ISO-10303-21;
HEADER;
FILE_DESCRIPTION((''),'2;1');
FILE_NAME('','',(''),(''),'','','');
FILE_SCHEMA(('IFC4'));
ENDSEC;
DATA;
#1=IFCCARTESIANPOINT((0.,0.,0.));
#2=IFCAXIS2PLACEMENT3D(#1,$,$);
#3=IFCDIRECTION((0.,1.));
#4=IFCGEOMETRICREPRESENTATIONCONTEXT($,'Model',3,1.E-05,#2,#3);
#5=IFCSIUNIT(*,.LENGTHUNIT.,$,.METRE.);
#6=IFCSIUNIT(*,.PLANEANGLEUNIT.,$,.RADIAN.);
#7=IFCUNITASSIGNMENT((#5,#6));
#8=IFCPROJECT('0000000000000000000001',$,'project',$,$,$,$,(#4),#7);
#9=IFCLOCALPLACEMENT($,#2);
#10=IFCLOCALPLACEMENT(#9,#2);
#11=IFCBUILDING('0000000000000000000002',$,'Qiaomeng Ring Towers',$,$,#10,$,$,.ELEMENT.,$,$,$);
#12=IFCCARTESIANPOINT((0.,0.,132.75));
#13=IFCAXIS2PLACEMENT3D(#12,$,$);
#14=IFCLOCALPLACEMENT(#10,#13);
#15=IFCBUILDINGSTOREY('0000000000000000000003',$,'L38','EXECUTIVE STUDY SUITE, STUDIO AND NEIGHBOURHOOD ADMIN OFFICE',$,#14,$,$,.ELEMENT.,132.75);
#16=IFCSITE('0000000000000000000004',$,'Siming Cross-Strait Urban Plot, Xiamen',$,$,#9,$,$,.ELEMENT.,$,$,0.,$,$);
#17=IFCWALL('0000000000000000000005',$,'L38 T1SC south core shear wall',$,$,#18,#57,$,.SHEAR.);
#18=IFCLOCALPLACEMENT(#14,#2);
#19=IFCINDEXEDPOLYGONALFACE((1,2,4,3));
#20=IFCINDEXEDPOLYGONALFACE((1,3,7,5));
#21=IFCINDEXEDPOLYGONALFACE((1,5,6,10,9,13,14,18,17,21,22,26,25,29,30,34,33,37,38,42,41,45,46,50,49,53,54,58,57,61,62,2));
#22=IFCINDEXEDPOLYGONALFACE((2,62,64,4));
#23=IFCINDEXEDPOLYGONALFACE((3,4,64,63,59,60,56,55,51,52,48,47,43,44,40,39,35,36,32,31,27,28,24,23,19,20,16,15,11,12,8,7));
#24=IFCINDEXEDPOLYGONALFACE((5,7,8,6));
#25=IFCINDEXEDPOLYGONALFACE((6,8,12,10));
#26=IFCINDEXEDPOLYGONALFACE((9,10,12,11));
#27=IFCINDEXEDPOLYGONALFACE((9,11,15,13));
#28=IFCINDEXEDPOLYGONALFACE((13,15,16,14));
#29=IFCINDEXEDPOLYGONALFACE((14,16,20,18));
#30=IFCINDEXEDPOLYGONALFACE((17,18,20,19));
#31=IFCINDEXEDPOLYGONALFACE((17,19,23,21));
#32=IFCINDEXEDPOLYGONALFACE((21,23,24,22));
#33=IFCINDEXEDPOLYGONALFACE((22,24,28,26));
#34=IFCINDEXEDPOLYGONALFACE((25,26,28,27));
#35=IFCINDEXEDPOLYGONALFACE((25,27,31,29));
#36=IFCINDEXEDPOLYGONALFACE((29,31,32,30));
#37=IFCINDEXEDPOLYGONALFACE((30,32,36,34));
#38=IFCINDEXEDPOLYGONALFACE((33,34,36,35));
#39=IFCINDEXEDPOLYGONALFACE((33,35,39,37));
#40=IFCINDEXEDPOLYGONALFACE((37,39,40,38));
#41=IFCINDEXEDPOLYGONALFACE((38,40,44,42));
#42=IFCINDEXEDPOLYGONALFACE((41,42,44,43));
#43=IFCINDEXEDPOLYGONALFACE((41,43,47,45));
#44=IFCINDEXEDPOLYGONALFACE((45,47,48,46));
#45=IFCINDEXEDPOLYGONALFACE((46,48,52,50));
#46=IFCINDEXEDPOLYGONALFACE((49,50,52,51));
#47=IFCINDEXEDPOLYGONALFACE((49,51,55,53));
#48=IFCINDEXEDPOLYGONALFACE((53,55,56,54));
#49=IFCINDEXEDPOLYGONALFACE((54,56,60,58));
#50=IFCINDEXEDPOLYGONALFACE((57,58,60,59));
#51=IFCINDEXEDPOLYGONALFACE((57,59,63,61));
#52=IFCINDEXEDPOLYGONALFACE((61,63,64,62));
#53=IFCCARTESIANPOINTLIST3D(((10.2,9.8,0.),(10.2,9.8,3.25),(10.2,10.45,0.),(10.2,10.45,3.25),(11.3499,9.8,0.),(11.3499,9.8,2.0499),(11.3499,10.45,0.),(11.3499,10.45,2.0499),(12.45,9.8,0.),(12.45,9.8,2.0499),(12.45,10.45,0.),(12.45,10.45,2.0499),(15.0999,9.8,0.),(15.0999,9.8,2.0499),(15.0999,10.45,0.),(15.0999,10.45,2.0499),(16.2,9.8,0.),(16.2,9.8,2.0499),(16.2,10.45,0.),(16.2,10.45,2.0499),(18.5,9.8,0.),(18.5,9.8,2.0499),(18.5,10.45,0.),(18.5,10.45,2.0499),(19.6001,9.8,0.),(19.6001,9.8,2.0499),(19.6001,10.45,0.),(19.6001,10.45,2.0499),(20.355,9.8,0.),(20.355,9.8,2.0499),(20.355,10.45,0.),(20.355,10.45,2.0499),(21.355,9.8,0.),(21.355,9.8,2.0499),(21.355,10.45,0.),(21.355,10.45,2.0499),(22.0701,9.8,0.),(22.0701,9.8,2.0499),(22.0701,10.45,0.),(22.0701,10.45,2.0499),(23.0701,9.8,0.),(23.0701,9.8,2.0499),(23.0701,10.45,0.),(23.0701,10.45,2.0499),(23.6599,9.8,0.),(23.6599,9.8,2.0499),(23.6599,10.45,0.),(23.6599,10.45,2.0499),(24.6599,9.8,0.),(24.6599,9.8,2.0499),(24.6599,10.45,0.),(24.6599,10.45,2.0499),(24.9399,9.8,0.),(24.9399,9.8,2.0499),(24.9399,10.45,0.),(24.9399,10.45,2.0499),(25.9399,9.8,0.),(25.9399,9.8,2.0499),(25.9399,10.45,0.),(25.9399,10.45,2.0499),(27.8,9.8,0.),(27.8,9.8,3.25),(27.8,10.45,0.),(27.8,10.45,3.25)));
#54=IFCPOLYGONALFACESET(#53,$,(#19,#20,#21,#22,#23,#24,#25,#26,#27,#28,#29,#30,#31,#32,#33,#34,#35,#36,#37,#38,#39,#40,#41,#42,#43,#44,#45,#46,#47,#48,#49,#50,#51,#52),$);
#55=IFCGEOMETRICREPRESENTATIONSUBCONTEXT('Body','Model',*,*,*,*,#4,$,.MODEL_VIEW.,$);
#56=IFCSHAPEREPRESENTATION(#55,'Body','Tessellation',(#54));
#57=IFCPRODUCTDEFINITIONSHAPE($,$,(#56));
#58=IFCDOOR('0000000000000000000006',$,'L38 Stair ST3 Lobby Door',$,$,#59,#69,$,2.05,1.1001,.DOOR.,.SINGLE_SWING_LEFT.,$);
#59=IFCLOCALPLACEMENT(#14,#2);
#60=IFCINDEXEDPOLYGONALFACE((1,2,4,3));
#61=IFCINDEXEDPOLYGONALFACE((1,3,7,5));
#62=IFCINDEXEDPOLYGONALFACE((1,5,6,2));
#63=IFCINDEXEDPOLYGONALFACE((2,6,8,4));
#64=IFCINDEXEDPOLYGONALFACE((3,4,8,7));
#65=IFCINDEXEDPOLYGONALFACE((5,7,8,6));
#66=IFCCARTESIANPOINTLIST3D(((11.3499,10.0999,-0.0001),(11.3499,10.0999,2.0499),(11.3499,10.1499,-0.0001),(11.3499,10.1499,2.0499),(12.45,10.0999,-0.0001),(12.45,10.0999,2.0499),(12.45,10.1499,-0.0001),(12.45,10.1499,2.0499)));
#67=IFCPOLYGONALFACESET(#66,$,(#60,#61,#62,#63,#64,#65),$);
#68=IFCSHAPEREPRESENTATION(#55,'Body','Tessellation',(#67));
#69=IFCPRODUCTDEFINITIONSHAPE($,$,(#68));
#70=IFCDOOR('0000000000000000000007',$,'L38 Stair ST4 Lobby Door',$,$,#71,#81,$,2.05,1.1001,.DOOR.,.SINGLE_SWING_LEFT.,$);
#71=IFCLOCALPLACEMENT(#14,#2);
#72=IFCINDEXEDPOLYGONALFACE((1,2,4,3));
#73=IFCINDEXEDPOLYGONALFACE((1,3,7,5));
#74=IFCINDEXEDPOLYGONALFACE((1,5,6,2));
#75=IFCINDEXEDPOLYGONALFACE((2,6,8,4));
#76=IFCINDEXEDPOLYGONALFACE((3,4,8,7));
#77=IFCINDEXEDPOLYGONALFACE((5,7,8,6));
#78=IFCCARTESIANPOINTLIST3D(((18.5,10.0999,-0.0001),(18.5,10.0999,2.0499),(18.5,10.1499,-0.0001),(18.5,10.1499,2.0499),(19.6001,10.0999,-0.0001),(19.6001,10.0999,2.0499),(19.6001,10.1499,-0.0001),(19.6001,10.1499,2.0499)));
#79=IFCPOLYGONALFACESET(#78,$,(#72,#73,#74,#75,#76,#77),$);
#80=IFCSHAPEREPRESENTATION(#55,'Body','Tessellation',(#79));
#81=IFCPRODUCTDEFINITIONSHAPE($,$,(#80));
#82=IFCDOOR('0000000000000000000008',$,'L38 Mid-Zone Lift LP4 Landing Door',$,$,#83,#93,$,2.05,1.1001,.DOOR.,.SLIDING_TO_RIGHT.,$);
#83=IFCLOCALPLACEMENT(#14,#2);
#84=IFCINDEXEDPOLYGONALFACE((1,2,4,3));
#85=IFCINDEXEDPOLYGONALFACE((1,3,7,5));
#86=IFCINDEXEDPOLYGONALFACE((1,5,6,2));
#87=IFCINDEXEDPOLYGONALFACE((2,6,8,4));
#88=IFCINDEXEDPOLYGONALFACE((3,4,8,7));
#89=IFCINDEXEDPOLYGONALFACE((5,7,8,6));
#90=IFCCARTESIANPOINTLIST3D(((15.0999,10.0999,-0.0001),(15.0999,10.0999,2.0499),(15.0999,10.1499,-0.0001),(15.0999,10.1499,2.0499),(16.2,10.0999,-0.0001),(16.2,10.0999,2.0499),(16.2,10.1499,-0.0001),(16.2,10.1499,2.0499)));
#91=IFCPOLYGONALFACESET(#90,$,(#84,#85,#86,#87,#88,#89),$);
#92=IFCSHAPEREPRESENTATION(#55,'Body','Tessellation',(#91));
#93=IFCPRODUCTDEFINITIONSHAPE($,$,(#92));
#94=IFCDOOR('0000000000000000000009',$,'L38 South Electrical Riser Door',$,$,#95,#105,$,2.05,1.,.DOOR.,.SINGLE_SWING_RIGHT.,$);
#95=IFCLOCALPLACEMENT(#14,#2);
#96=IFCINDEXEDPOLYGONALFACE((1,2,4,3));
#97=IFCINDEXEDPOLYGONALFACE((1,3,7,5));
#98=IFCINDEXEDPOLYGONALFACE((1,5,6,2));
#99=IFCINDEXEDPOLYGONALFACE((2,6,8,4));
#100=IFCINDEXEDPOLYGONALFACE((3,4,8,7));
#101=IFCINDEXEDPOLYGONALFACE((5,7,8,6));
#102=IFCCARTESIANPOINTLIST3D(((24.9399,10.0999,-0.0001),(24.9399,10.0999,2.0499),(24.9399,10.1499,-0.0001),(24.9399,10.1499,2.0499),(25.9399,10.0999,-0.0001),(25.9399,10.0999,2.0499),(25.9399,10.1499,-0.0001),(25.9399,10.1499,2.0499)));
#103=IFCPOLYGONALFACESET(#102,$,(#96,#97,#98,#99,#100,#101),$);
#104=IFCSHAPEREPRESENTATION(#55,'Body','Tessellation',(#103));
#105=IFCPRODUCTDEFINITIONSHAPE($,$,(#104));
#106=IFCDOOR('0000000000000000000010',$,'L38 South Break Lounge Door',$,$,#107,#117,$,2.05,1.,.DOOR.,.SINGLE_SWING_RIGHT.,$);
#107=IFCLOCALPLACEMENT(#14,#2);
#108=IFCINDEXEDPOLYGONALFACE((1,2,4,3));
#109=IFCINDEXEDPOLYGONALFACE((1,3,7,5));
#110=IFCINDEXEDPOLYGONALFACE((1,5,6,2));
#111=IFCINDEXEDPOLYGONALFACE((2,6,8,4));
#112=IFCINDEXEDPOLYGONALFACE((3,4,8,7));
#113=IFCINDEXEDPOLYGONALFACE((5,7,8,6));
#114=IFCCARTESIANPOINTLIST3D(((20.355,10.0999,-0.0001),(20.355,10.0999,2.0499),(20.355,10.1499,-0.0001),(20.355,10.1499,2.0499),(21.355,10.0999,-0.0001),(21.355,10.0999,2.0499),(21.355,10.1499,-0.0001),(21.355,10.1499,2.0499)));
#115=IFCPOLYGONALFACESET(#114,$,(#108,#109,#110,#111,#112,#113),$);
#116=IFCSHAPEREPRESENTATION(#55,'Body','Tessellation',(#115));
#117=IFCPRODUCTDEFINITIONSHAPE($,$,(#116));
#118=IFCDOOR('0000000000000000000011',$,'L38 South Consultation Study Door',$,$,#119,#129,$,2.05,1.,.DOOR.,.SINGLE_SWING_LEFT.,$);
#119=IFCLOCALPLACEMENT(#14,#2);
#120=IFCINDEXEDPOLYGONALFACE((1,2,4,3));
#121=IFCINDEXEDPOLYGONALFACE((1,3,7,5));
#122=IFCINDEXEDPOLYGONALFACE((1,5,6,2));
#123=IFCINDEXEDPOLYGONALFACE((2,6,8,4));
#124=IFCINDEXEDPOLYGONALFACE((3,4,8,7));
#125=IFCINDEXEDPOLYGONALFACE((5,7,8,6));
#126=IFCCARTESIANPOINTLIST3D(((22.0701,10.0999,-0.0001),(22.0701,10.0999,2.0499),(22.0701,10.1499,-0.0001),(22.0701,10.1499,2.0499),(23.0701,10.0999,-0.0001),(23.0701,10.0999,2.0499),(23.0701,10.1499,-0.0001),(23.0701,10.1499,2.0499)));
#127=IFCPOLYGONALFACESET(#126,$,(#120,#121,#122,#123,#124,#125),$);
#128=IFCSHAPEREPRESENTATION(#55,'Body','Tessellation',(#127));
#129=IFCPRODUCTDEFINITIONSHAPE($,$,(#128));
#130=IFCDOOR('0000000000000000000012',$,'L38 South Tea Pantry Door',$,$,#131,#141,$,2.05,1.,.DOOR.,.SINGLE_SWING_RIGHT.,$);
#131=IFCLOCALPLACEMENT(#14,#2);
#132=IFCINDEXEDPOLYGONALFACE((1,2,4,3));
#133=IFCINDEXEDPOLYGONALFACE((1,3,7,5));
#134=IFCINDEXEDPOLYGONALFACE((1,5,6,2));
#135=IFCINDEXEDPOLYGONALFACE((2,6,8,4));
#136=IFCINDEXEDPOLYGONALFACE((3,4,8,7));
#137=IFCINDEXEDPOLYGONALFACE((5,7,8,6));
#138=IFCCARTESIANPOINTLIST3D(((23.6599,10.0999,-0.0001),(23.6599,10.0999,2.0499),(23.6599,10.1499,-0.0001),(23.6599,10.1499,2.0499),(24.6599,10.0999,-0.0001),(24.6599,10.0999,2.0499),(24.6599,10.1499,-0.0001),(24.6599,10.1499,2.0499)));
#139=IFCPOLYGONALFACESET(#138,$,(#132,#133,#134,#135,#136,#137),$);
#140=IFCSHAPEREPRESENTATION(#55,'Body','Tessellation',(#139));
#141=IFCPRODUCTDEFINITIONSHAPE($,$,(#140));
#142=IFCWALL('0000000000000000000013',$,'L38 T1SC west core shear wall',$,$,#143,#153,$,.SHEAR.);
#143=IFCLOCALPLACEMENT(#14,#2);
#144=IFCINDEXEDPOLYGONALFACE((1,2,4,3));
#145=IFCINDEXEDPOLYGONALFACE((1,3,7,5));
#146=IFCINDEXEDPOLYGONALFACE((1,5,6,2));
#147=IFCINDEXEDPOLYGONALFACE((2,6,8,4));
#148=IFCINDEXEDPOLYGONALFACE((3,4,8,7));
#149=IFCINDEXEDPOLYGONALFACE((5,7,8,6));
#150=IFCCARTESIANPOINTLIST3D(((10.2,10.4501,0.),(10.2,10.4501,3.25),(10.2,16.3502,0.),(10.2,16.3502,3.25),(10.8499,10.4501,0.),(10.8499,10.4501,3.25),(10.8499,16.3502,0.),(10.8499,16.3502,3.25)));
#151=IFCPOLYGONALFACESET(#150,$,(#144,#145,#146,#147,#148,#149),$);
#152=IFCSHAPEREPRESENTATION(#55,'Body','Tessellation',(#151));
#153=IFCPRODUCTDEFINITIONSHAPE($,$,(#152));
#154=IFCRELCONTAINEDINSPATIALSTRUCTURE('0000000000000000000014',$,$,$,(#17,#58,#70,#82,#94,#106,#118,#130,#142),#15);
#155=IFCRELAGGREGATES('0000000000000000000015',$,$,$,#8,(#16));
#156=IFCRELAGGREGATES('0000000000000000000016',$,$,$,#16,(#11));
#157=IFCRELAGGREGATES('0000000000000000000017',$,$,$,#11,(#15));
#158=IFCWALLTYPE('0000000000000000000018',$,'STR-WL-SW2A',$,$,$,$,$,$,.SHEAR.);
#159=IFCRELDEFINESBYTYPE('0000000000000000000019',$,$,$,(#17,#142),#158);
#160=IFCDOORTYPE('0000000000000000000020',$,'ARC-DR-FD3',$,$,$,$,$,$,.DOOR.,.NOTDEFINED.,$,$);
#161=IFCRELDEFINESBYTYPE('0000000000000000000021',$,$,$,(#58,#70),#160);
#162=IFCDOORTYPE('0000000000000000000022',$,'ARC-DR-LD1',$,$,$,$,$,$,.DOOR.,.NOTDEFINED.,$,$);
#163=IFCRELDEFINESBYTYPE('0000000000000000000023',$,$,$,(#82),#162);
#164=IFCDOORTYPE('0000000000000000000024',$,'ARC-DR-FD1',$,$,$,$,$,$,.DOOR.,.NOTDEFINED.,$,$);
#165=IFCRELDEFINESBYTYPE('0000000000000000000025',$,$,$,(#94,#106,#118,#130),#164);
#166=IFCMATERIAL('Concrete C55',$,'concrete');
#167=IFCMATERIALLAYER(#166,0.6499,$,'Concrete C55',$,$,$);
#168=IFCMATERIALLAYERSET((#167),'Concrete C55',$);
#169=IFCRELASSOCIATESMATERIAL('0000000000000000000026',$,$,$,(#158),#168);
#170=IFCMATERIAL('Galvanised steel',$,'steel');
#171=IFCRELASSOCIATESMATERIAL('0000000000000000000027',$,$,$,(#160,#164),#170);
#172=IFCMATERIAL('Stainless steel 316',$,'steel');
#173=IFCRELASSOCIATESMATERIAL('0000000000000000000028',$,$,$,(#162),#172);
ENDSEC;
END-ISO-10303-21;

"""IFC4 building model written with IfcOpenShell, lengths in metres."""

from ifc_helpers import new_model, si_unit, direction, frame, frame_2d, origin, place, context, subcontext, project, spatial, rectangle, extrude, source, transform, mapped, material, layer, layer_set, type_object, element, fill, save


model = new_model("IFC4")

# Units and contexts
model_context = context("Model", 3, precision=1e-05, world=origin(), true_north=direction((0.0, 1.0)))
body_context = subcontext(model_context, "Body", "Model", "MODEL_VIEW")
ifc_project = project(units=[si_unit("LENGTHUNIT", "METRE"), si_unit("PLANEANGLEUNIT", "RADIAN")], contexts=[model_context])

# Site, building, storey
site_placement = place(None, origin())
site = spatial("IfcSite", under=ifc_project, at=site_placement, Name="Siming Cross-Strait Urban Plot, Xiamen", CompositionType="ELEMENT", RefElevation=0.0)
building_placement = place(site_placement, origin())
building = spatial("IfcBuilding", under=site, at=building_placement, Name="Qiaomeng Ring Towers", CompositionType="ELEMENT")
storey_placement = place(building_placement, frame((0.0, 0.0, 132.75)))
storey = spatial("IfcBuildingStorey", under=building, at=storey_placement, Name="L38", Description="EXECUTIVE STUDY SUITE, STUDIO AND NEIGHBOURHOOD ADMIN OFFICE", CompositionType="ELEMENT", Elevation=132.75)

# Shared definitions
shared_shape_1 = source(origin(), body_context, "Body", "SweptSolid", [
    extrude(rectangle(XDim=1.0, YDim=2.05, at=frame_2d((0.5, 1.0249))), frame((0.0, 0.0249, 0.0), z_axis=(0.0, -1.0, 0.0), x_axis=(1.0, 0.0, 0.0)), (0.0, 0.0, 1.0), 0.05),
])

# Wall, openings, doors
ifc_material_1 = material(Name="Concrete C55", Category="concrete")
ifc_layer_1 = layer(ifc_material_1, 0.6499, Name="Concrete C55")
ifc_layer_set_1 = layer_set([ifc_layer_1], Name="Concrete C55")
wall_type_1 = type_object("IfcWallType", Name="STR-WL-SW2A", PredefinedType="SHEAR", material=ifc_layer_set_1)
wall_1_placement = place(storey_placement, frame((10.2, 10.125, 0.0), z_axis=(0.0, 0.0, 1.0), x_axis=(1.0, 0.0, 0.0)))
wall_1 = element("IfcWall", 1, at=wall_1_placement, inside=storey, type_object=wall_type_1, Name="L38 T1SC south core shear wall", PredefinedType="SHEAR", context=body_context, shape_type="SweptSolid", body=[
    extrude(rectangle(XDim=17.6001, YDim=0.6499, at=frame_2d((8.8, 0.0))), origin(), (0.0, 0.0, 1.0), 3.25),
])
opening_1_placement = place(wall_1_placement, frame((1.1499, 0.0, 0.0)))
opening_1 = element("IfcOpeningElement", 2, at=opening_1_placement, cuts=wall_1, PredefinedType="OPENING", context=body_context, shape_type="SweptSolid", body=[
    extrude(rectangle(XDim=1.1001, YDim=2.05, at=frame_2d((0.55, 1.0249))), frame((0.0, 0.335, 0.0), z_axis=(0.0, -1.0, 0.0), x_axis=(1.0, 0.0, 0.0)), (0.0, 0.0, 1.0), 0.6699),
])
opening_2_placement = place(wall_1_placement, frame((8.3, 0.0, 0.0)))
opening_2 = element("IfcOpeningElement", 3, at=opening_2_placement, cuts=wall_1, PredefinedType="OPENING", context=body_context, shape_type="SweptSolid", body=[
    extrude(rectangle(XDim=1.1001, YDim=2.05, at=frame_2d((0.55, 1.0249))), frame((0.0, 0.335, 0.0), z_axis=(0.0, -1.0, 0.0), x_axis=(1.0, 0.0, 0.0)), (0.0, 0.0, 1.0), 0.6699),
])
opening_3_placement = place(wall_1_placement, frame((4.8999, 0.0, 0.0)))
opening_3 = element("IfcOpeningElement", 4, at=opening_3_placement, cuts=wall_1, PredefinedType="OPENING", context=body_context, shape_type="SweptSolid", body=[
    extrude(rectangle(XDim=1.1001, YDim=2.05, at=frame_2d((0.55, 1.0249))), frame((0.0, 0.335, 0.0), z_axis=(0.0, -1.0, 0.0), x_axis=(1.0, 0.0, 0.0)), (0.0, 0.0, 1.0), 0.6699),
])
opening_4_placement = place(wall_1_placement, frame((14.74, 0.0, 0.0)))
opening_4 = element("IfcOpeningElement", 5, at=opening_4_placement, cuts=wall_1, PredefinedType="OPENING", context=body_context, shape_type="SweptSolid", body=[
    extrude(rectangle(XDim=1.0, YDim=2.05, at=frame_2d((0.5, 1.0249))), frame((0.0, 0.335, 0.0), z_axis=(0.0, -1.0, 0.0), x_axis=(1.0, 0.0, 0.0)), (0.0, 0.0, 1.0), 0.6699),
])
opening_5_placement = place(wall_1_placement, frame((10.155, 0.0, 0.0)))
opening_5 = element("IfcOpeningElement", 6, at=opening_5_placement, cuts=wall_1, PredefinedType="OPENING", context=body_context, shape_type="SweptSolid", body=[
    extrude(rectangle(XDim=1.0, YDim=2.05, at=frame_2d((0.5, 1.0249))), frame((0.0, 0.335, 0.0), z_axis=(0.0, -1.0, 0.0), x_axis=(1.0, 0.0, 0.0)), (0.0, 0.0, 1.0), 0.6699),
])
opening_6_placement = place(wall_1_placement, frame((11.8701, 0.0, 0.0)))
opening_6 = element("IfcOpeningElement", 7, at=opening_6_placement, cuts=wall_1, PredefinedType="OPENING", context=body_context, shape_type="SweptSolid", body=[
    extrude(rectangle(XDim=1.0, YDim=2.05, at=frame_2d((0.5, 1.0249))), frame((0.0, 0.335, 0.0), z_axis=(0.0, -1.0, 0.0), x_axis=(1.0, 0.0, 0.0)), (0.0, 0.0, 1.0), 0.6699),
])
opening_7_placement = place(wall_1_placement, frame((13.46, 0.0, 0.0)))
opening_7 = element("IfcOpeningElement", 8, at=opening_7_placement, cuts=wall_1, PredefinedType="OPENING", context=body_context, shape_type="SweptSolid", body=[
    extrude(rectangle(XDim=1.0, YDim=2.05, at=frame_2d((0.5, 1.0249))), frame((0.0, 0.335, 0.0), z_axis=(0.0, -1.0, 0.0), x_axis=(1.0, 0.0, 0.0)), (0.0, 0.0, 1.0), 0.6699),
])
ifc_material_2 = material(Name="Galvanised steel", Category="steel")
door_type_1 = type_object("IfcDoorType", Name="ARC-DR-FD3", OperationType="NOTDEFINED", PredefinedType="DOOR", material=ifc_material_2)
shared_shape_2 = source(origin(), body_context, "Body", "SweptSolid", [
    extrude(rectangle(XDim=1.1001, YDim=2.05, at=frame_2d((0.55, 1.0249))), frame((0.0, 0.0249, 0.0), z_axis=(0.0, -1.0, 0.0), x_axis=(1.0, 0.0, 0.0)), (0.0, 0.0, 1.0), 0.05),
])
door_1_placement = place(opening_1_placement, origin())
door_1 = element("IfcDoor", 9, at=door_1_placement, inside=storey, type_object=door_type_1, Name="L38 Stair ST3 Lobby Door", OperationType="SINGLE_SWING_LEFT", OverallHeight=2.05, OverallWidth=1.1001, PredefinedType="DOOR", context=body_context, shape_type="MappedRepresentation", body=[
    mapped(shared_shape_2, transform((0.0, 0.0, 0.0), x_axis=(1.0, 0.0, 0.0), y_axis=(0.0, 1.0, 0.0), z_axis=(0.0, 0.0, 1.0), scale=1.0)),
])
fill(opening_1, door_1)
door_2_placement = place(opening_2_placement, origin())
door_2 = element("IfcDoor", 10, at=door_2_placement, inside=storey, type_object=door_type_1, Name="L38 Stair ST4 Lobby Door", OperationType="SINGLE_SWING_LEFT", OverallHeight=2.05, OverallWidth=1.1001, PredefinedType="DOOR", context=body_context, shape_type="MappedRepresentation", body=[
    mapped(shared_shape_2, transform((0.0, 0.0, 0.0), x_axis=(1.0, 0.0, 0.0), y_axis=(0.0, 1.0, 0.0), z_axis=(0.0, 0.0, 1.0), scale=1.0)),
])
fill(opening_2, door_2)
ifc_material_3 = material(Name="Stainless steel 316", Category="steel")
door_type_2 = type_object("IfcDoorType", Name="ARC-DR-LD1", OperationType="NOTDEFINED", PredefinedType="DOOR", material=ifc_material_3)
door_3_placement = place(opening_3_placement, origin())
door_3 = element("IfcDoor", 11, at=door_3_placement, inside=storey, type_object=door_type_2, Name="L38 Mid-Zone Lift LP4 Landing Door", OperationType="SLIDING_TO_RIGHT", OverallHeight=2.05, OverallWidth=1.1001, PredefinedType="DOOR", context=body_context, shape_type="MappedRepresentation", body=[
    mapped(shared_shape_2, transform((0.0, 0.0, 0.0), x_axis=(1.0, 0.0, 0.0), y_axis=(0.0, 1.0, 0.0), z_axis=(0.0, 0.0, 1.0), scale=1.0)),
])
fill(opening_3, door_3)
door_type_3 = type_object("IfcDoorType", Name="ARC-DR-FD1", OperationType="NOTDEFINED", PredefinedType="DOOR", material=ifc_material_2)
door_4_placement = place(opening_4_placement, origin())
door_4 = element("IfcDoor", 12, at=door_4_placement, inside=storey, type_object=door_type_3, Name="L38 South Electrical Riser Door", OperationType="SINGLE_SWING_RIGHT", OverallHeight=2.05, OverallWidth=1.0, PredefinedType="DOOR", context=body_context, shape_type="MappedRepresentation", body=[
    mapped(shared_shape_1, transform((0.0, 0.0, 0.0), x_axis=(1.0, 0.0, 0.0), y_axis=(0.0, 1.0, 0.0), z_axis=(0.0, 0.0, 1.0), scale=1.0)),
])
fill(opening_4, door_4)
door_5_placement = place(opening_5_placement, origin())
door_5 = element("IfcDoor", 13, at=door_5_placement, inside=storey, type_object=door_type_3, Name="L38 South Break Lounge Door", OperationType="SINGLE_SWING_RIGHT", OverallHeight=2.05, OverallWidth=1.0, PredefinedType="DOOR", context=body_context, shape_type="MappedRepresentation", body=[
    mapped(shared_shape_1, transform((0.0, 0.0, 0.0), x_axis=(1.0, 0.0, 0.0), y_axis=(0.0, 1.0, 0.0), z_axis=(0.0, 0.0, 1.0), scale=1.0)),
])
fill(opening_5, door_5)
door_6_placement = place(opening_6_placement, origin())
door_6 = element("IfcDoor", 14, at=door_6_placement, inside=storey, type_object=door_type_3, Name="L38 South Consultation Study Door", OperationType="SINGLE_SWING_LEFT", OverallHeight=2.05, OverallWidth=1.0, PredefinedType="DOOR", context=body_context, shape_type="MappedRepresentation", body=[
    mapped(shared_shape_1, transform((0.0, 0.0, 0.0), x_axis=(1.0, 0.0, 0.0), y_axis=(0.0, 1.0, 0.0), z_axis=(0.0, 0.0, 1.0), scale=1.0)),
])
fill(opening_6, door_6)
door_7_placement = place(opening_7_placement, origin())
door_7 = element("IfcDoor", 15, at=door_7_placement, inside=storey, type_object=door_type_3, Name="L38 South Tea Pantry Door", OperationType="SINGLE_SWING_RIGHT", OverallHeight=2.05, OverallWidth=1.0, PredefinedType="DOOR", context=body_context, shape_type="MappedRepresentation", body=[
    mapped(shared_shape_1, transform((0.0, 0.0, 0.0), x_axis=(1.0, 0.0, 0.0), y_axis=(0.0, 1.0, 0.0), z_axis=(0.0, 0.0, 1.0), scale=1.0)),
])
fill(opening_7, door_7)

# Wall
wall_2_placement = place(storey_placement, frame((10.5249, 10.45, 0.0), z_axis=(0.0, 0.0, 1.0), x_axis=(0.0, 1.0, 0.0)))
element("IfcWall", 16, at=wall_2_placement, inside=storey, type_object=wall_type_1, Name="L38 T1SC west core shear wall", PredefinedType="SHEAR", context=body_context, shape_type="SweptSolid", body=[
    extrude(rectangle(XDim=5.9001, YDim=0.6499, at=frame_2d((2.9502, 0.0))), origin(), (0.0, 0.0, 1.0), 3.25),
])

save(model, "model.ifc")
